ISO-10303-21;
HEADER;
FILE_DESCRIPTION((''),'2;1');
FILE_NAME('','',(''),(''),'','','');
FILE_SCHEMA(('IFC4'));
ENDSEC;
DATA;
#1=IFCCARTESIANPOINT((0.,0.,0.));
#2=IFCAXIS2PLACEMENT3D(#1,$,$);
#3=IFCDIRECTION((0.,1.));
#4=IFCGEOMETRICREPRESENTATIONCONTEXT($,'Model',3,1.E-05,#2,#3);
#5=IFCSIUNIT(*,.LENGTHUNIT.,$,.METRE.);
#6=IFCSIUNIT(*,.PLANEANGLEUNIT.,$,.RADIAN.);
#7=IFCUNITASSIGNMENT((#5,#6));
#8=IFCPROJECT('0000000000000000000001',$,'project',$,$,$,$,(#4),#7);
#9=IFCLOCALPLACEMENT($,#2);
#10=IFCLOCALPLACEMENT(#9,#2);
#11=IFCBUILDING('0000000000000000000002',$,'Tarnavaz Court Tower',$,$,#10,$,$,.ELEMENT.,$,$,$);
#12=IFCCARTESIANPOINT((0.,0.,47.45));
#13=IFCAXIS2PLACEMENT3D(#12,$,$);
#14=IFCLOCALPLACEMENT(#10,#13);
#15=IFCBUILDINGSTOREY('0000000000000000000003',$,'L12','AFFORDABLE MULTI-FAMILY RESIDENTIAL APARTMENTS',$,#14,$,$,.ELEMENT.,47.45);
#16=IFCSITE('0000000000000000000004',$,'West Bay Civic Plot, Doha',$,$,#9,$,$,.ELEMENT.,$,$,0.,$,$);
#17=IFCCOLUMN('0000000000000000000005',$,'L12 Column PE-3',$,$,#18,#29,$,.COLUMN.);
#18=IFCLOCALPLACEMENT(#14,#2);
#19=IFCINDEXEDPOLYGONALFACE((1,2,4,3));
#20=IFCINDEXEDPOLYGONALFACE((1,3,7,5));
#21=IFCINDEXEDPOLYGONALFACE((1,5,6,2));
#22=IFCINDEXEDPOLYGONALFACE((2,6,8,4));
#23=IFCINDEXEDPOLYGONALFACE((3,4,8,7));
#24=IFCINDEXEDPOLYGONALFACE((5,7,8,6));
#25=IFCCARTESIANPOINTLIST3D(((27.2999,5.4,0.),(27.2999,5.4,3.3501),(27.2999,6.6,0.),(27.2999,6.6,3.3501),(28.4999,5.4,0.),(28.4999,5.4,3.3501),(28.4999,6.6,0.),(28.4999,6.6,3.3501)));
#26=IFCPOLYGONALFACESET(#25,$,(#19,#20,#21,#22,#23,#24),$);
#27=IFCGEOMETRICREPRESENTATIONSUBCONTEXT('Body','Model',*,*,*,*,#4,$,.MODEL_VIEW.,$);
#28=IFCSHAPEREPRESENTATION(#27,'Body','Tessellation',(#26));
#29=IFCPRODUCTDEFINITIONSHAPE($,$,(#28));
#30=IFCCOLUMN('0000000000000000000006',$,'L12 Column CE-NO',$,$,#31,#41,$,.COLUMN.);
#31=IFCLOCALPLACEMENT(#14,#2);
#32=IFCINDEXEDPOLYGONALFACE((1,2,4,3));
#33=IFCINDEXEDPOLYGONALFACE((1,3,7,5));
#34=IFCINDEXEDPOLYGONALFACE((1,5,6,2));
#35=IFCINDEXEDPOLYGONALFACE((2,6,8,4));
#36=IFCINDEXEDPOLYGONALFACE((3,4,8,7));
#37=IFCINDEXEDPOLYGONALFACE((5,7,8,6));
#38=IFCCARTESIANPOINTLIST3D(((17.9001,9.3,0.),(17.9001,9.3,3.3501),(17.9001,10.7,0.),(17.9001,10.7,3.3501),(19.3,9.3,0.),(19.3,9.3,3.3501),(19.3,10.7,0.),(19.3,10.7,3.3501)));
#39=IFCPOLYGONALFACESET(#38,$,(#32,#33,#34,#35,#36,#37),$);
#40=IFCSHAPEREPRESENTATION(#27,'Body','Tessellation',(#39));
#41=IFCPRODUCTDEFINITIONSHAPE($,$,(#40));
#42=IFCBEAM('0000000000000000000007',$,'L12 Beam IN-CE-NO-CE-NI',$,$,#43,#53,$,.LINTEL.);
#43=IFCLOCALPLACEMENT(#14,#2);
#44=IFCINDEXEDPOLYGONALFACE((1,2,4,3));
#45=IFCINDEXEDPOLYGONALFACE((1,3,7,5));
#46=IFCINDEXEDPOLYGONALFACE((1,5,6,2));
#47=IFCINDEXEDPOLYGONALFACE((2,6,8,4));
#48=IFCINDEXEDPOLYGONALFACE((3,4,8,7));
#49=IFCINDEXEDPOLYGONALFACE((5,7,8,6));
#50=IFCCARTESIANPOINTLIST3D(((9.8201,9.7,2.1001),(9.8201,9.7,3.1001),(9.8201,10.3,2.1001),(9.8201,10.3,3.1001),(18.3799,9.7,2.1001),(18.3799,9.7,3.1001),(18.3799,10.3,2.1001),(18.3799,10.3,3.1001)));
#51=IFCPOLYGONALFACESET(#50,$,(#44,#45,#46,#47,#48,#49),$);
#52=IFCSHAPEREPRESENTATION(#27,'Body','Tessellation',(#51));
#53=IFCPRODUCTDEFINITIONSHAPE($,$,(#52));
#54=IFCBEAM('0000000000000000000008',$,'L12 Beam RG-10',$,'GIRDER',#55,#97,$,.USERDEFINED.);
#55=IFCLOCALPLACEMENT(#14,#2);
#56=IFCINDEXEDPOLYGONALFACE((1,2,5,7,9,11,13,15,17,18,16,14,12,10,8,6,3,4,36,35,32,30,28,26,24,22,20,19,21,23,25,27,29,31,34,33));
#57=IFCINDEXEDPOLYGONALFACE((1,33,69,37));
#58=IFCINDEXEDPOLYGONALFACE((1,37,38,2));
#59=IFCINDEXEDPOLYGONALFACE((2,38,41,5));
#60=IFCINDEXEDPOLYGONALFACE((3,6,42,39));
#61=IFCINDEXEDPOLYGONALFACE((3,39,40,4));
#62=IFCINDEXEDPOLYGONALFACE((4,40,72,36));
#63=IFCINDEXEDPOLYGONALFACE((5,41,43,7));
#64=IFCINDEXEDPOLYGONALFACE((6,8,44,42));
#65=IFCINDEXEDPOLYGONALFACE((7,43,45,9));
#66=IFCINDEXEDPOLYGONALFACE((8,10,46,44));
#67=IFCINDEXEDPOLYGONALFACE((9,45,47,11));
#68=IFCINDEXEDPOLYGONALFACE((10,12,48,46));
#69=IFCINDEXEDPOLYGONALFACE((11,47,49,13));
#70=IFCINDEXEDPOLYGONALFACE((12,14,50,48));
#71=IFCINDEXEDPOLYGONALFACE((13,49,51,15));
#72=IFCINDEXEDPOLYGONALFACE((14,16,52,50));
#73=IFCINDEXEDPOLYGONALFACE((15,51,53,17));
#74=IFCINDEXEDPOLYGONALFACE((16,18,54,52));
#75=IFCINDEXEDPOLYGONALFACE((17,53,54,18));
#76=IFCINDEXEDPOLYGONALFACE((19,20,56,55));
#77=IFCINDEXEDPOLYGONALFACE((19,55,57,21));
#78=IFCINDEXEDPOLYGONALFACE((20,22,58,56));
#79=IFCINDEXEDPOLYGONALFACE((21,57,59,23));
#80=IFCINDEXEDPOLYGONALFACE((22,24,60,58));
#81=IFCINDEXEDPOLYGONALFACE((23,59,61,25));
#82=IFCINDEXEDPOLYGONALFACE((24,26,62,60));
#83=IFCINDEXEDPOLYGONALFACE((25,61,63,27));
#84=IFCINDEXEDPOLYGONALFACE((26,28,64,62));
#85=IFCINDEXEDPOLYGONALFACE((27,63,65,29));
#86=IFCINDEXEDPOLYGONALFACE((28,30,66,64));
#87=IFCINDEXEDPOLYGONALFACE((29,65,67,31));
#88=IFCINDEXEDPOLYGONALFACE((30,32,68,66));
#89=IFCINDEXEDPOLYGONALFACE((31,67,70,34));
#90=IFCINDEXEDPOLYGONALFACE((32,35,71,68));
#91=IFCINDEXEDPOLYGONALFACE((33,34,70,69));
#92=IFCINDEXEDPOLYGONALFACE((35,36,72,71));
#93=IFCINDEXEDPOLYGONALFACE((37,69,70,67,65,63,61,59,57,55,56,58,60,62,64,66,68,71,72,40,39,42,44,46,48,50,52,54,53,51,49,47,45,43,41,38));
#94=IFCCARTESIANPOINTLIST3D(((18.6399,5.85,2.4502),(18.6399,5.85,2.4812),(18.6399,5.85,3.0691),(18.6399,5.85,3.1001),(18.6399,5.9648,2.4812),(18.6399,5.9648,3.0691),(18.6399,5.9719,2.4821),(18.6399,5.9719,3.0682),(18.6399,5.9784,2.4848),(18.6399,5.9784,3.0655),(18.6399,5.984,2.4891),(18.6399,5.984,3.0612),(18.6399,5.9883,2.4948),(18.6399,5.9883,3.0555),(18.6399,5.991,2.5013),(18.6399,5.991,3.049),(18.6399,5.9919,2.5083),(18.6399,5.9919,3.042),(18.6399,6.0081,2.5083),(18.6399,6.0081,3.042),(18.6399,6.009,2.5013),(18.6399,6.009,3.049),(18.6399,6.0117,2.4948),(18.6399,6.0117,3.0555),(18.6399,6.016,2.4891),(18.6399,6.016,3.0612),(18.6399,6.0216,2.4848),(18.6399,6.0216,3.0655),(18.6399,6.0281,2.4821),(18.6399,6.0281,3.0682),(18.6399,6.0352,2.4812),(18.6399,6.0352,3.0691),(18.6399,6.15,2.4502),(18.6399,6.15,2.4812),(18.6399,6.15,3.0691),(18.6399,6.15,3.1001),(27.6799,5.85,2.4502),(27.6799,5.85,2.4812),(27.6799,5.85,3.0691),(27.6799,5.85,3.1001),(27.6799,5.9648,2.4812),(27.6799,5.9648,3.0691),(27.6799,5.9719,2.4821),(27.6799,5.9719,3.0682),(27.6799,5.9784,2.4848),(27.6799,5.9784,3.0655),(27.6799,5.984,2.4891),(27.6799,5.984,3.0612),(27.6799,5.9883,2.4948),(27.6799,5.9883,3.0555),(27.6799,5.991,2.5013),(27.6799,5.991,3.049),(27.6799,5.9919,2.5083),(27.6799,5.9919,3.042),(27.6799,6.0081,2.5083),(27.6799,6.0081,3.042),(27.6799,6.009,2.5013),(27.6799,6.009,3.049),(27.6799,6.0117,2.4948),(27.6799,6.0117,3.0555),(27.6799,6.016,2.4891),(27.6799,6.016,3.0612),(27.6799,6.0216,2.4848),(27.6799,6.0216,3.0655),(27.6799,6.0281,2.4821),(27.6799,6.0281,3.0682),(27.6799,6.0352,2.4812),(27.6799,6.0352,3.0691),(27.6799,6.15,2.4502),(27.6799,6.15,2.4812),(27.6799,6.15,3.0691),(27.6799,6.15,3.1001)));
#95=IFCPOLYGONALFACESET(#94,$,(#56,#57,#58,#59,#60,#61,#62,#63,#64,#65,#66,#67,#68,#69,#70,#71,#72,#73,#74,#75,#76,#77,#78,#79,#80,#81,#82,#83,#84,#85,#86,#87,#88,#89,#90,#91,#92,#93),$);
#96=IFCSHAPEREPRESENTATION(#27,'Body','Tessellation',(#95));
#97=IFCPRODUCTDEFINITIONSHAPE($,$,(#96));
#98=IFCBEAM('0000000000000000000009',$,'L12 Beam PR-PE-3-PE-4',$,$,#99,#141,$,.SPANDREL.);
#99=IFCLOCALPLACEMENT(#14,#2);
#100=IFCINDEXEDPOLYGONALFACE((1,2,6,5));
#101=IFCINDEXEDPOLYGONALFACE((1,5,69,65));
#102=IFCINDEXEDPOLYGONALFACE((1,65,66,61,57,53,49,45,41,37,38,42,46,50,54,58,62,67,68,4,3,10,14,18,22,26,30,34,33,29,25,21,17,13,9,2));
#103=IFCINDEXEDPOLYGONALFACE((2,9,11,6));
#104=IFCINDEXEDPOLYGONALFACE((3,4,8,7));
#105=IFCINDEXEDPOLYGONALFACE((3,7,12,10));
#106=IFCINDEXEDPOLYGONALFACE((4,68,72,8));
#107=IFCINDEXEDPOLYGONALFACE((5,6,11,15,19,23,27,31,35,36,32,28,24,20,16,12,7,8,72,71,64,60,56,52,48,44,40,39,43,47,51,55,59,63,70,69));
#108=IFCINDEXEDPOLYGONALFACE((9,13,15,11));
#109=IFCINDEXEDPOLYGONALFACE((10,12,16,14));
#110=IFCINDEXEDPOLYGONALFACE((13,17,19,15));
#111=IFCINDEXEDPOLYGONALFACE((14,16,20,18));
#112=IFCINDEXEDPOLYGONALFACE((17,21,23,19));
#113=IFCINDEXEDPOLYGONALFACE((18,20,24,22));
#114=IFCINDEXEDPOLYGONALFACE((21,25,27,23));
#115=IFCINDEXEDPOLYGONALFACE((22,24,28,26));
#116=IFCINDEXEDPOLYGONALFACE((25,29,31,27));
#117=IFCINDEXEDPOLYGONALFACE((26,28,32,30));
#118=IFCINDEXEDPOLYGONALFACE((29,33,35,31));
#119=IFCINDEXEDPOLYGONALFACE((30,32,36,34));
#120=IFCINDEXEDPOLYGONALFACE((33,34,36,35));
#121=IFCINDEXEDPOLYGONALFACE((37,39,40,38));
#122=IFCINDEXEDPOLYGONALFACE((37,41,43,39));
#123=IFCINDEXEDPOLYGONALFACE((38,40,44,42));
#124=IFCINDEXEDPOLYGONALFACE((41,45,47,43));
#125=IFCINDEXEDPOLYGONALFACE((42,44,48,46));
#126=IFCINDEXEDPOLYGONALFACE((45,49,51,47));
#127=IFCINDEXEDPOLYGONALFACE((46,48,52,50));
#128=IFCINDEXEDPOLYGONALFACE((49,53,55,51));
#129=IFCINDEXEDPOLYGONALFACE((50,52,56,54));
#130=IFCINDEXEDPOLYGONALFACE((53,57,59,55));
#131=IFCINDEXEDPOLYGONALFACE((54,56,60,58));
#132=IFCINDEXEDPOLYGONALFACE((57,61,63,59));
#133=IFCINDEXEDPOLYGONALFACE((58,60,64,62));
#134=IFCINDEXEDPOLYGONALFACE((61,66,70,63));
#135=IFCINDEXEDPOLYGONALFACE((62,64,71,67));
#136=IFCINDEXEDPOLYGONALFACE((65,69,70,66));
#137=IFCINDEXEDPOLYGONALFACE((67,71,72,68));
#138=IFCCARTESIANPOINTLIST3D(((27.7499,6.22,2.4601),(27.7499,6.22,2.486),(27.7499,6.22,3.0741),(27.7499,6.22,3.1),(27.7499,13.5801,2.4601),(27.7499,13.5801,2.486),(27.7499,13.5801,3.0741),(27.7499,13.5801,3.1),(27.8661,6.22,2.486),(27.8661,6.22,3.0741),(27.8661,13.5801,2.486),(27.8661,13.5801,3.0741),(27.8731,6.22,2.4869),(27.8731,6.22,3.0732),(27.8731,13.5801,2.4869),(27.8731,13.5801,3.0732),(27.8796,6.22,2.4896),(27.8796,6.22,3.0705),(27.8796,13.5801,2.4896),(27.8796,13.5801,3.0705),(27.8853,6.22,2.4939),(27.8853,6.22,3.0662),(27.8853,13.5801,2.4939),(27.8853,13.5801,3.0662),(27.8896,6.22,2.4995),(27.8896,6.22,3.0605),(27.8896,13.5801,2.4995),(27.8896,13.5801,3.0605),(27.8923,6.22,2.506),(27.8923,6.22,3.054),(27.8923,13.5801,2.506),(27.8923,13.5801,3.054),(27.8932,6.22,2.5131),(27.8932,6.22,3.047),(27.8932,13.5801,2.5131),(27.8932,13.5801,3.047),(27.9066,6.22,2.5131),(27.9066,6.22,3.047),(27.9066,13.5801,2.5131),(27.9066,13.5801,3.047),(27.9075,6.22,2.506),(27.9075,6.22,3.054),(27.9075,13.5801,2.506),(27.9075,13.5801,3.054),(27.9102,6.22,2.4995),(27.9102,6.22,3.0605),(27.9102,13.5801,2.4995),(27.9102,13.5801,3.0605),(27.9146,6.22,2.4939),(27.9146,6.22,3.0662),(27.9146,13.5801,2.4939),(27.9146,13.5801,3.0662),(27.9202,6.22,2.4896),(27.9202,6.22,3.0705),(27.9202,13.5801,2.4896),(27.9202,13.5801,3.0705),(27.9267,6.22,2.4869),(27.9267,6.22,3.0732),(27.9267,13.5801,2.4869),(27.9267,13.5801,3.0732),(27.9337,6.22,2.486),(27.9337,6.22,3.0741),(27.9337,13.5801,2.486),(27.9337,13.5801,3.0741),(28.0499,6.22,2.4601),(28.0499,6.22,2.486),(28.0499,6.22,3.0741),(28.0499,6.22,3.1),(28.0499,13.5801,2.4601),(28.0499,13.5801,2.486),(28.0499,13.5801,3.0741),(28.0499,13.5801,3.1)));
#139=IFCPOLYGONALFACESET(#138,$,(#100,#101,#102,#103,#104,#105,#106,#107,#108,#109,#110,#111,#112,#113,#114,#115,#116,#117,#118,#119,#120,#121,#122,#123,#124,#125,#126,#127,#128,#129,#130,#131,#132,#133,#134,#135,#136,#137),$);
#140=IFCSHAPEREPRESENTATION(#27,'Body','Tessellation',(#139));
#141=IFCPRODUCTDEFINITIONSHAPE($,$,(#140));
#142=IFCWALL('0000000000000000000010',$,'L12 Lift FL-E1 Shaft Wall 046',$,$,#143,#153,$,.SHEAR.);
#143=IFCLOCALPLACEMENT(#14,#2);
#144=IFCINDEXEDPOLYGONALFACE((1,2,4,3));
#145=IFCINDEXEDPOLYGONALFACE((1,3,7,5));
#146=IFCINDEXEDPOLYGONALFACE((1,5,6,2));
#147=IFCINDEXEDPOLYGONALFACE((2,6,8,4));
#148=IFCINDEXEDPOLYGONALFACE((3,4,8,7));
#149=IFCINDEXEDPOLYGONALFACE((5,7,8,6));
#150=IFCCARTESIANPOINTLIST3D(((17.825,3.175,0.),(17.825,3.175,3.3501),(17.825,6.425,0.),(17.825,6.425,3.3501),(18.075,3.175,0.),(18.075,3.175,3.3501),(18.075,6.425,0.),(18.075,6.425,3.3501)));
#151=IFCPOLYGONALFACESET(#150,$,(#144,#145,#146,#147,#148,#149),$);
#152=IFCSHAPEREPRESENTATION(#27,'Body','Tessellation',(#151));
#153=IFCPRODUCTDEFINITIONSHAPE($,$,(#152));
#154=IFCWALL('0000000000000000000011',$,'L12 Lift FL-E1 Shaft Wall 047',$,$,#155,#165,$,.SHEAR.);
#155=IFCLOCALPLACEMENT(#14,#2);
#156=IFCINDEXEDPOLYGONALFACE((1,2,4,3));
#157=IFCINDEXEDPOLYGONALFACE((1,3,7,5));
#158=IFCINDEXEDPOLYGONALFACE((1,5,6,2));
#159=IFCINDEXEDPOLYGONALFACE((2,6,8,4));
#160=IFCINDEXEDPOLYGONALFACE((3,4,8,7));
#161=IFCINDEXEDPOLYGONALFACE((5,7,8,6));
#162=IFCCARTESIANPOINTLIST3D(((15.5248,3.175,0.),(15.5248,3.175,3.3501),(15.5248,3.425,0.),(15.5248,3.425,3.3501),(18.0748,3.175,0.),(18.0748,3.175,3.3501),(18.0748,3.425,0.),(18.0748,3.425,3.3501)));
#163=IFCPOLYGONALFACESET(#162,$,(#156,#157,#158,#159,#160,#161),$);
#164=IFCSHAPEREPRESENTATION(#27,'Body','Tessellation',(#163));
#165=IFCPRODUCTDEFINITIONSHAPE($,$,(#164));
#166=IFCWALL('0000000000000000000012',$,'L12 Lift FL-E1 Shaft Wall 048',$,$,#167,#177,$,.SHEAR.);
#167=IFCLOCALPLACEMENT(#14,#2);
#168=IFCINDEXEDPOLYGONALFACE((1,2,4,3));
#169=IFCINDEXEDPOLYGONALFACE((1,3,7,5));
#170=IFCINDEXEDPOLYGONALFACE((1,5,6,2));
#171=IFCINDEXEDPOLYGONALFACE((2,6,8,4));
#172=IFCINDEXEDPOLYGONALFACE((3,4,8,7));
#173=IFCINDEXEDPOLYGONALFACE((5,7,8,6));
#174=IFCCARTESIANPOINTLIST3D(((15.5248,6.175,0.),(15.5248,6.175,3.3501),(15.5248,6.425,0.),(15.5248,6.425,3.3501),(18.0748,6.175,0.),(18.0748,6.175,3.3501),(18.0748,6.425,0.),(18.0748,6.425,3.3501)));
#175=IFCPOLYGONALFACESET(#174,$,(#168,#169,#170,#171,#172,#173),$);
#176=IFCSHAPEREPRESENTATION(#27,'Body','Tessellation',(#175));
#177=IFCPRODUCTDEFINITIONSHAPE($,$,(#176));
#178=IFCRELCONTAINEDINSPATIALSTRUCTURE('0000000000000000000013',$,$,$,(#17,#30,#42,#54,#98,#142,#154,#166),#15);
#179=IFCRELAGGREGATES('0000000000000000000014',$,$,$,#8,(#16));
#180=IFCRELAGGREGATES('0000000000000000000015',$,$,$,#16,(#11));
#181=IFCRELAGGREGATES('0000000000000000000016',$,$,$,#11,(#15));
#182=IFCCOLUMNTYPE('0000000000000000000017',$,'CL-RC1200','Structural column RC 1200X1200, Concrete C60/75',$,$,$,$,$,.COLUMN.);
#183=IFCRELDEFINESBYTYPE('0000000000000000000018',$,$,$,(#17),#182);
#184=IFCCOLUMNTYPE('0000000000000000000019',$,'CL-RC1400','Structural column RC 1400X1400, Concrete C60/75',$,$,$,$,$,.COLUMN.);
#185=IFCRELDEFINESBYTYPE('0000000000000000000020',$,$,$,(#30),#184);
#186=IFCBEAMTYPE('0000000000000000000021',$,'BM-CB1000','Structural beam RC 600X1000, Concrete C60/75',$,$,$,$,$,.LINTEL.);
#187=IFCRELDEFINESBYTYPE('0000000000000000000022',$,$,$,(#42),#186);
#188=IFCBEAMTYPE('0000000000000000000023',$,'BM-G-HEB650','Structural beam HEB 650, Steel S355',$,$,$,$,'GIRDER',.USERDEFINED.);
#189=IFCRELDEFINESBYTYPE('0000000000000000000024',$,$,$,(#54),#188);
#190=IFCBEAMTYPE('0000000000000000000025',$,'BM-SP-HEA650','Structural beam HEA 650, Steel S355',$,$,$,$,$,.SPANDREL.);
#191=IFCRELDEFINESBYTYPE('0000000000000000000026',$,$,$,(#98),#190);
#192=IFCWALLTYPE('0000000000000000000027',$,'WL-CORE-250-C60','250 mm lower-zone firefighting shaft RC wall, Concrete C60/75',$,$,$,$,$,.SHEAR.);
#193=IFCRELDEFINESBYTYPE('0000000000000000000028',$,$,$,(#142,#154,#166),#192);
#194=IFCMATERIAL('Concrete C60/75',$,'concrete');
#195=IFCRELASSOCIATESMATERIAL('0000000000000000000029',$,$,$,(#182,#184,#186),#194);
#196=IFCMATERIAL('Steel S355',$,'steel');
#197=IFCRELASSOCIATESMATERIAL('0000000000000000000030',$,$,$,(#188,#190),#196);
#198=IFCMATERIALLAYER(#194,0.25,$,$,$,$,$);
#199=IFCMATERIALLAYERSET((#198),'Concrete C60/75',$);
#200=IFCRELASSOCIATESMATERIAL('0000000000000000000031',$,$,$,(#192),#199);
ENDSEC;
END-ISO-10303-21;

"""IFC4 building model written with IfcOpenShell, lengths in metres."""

from ifc_helpers import new_model, si_unit, direction, frame, frame_2d, origin, origin_2d, place, context, subcontext, project, spatial, rectangle, i_section, extrude, material, layer, layer_set, material_profile, profile_set, type_object, element, save


model = new_model("IFC4")

# Units and contexts
model_context = context("Model", 3, precision=1e-05, world=origin(), true_north=direction((0.0, 1.0)))
body_context = subcontext(model_context, "Body", "Model", "MODEL_VIEW")
ifc_project = project(units=[si_unit("LENGTHUNIT", "METRE"), si_unit("PLANEANGLEUNIT", "RADIAN")], contexts=[model_context])

# Site, building, storey
site_placement = place(None, origin())
site = spatial("IfcSite", under=ifc_project, at=site_placement, Name="West Bay Civic Plot, Doha", CompositionType="ELEMENT", RefElevation=0.0)
building_placement = place(site_placement, origin())
building = spatial("IfcBuilding", under=site, at=building_placement, Name="Tarnavaz Court Tower", CompositionType="ELEMENT")
storey_placement = place(building_placement, frame((0.0, 0.0, 47.45)))
storey = spatial("IfcBuildingStorey", under=building, at=storey_placement, Name="L12", Description="AFFORDABLE MULTI-FAMILY RESIDENTIAL APARTMENTS", CompositionType="ELEMENT", Elevation=47.45)

# Columns
ifc_material_1 = material(Name="Concrete C60/75", Category="concrete")
ifc_material_profile_1 = material_profile(ifc_material_1, rectangle(XDim=1.2, YDim=1.2, at=origin_2d()), Name="RC 1200X1200")
ifc_profile_set_1 = profile_set([ifc_material_profile_1], Name="Concrete C60/75")
column_type_1 = type_object("IfcColumnType", Name="CL-RC1200", Description="Structural column RC 1200X1200, Concrete C60/75", PredefinedType="COLUMN", material=ifc_profile_set_1)
column_1_placement = place(storey_placement, frame((27.8999, 6.0, 0.0), z_axis=(0.0, 0.0, 1.0), x_axis=(1.0, 0.0, 0.0)))
element("IfcColumn", 1, at=column_1_placement, inside=storey, type_object=column_type_1, Name="L12 Column PE-3", PredefinedType="COLUMN", context=body_context, shape_type="SweptSolid", body=[
    extrude(rectangle(XDim=1.2, YDim=1.2, at=origin_2d()), origin(), (0.0, 0.0, 1.0), 3.3501),
])
ifc_material_profile_2 = material_profile(ifc_material_1, rectangle(XDim=1.3999, YDim=1.3999, at=origin_2d()), Name="RC 1400X1400")
ifc_profile_set_2 = profile_set([ifc_material_profile_2], Name="Concrete C60/75")
column_type_2 = type_object("IfcColumnType", Name="CL-RC1400", Description="Structural column RC 1400X1400, Concrete C60/75", PredefinedType="COLUMN", material=ifc_profile_set_2)
column_2_placement = place(storey_placement, frame((18.6001, 10.0, 0.0), z_axis=(0.0, 0.0, 1.0), x_axis=(1.0, 0.0, 0.0)))
element("IfcColumn", 2, at=column_2_placement, inside=storey, type_object=column_type_2, Name="L12 Column CE-NO", PredefinedType="COLUMN", context=body_context, shape_type="SweptSolid", body=[
    extrude(rectangle(XDim=1.3999, YDim=1.3999, at=origin_2d()), origin(), (0.0, 0.0, 1.0), 3.3501),
])

# Beams
ifc_material_profile_3 = material_profile(ifc_material_1, rectangle(XDim=0.6001, YDim=1.0, at=origin_2d()), Name="RC 600X1000")
ifc_profile_set_3 = profile_set([ifc_material_profile_3], Name="Concrete C60/75")
beam_type_1 = type_object("IfcBeamType", Name="BM-CB1000", Description="Structural beam RC 600X1000, Concrete C60/75", PredefinedType="LINTEL", material=ifc_profile_set_3)
beam_1_placement = place(storey_placement, frame((18.3799, 10.0, 2.6001), z_axis=(-1.0, 0.0, 0.0), x_axis=(0.0, -1.0, 0.0)))
element("IfcBeam", 3, at=beam_1_placement, inside=storey, type_object=beam_type_1, Name="L12 Beam IN-CE-NO-CE-NI", PredefinedType="LINTEL", context=body_context, shape_type="SweptSolid", body=[
    extrude(rectangle(XDim=0.6001, YDim=1.0, at=origin_2d()), origin(), (0.0, 0.0, 1.0), 8.5598),
])
ifc_material_2 = material(Name="Steel S355", Category="steel")
ifc_material_profile_4 = material_profile(ifc_material_2, i_section(OverallWidth=0.3, OverallDepth=0.6499, WebThickness=0.0161, FlangeThickness=0.031, FilletRadius=0.0271, at=origin_2d()), Name="HEB 650")
ifc_profile_set_4 = profile_set([ifc_material_profile_4], Name="Steel S355")
beam_type_2 = type_object("IfcBeamType", Name="BM-G-HEB650", Description="Structural beam HEB 650, Steel S355", ElementType="GIRDER", PredefinedType="USERDEFINED", material=ifc_profile_set_4)
beam_2_placement = place(storey_placement, frame((18.6399, 6.0, 2.7751), z_axis=(1.0, 0.0, 0.0), x_axis=(0.0, 1.0, 0.0)))
element("IfcBeam", 4, at=beam_2_placement, inside=storey, type_object=beam_type_2, Name="L12 Beam RG-10", ObjectType="GIRDER", PredefinedType="USERDEFINED", context=body_context, shape_type="SweptSolid", body=[
    extrude(i_section(OverallWidth=0.3, OverallDepth=0.6499, WebThickness=0.0161, FlangeThickness=0.031, FilletRadius=0.0271, at=origin_2d()), origin(), (0.0, 0.0, 1.0), 9.04),
])
ifc_material_profile_5 = material_profile(ifc_material_2, i_section(OverallWidth=0.3, OverallDepth=0.6399, WebThickness=0.0134, FlangeThickness=0.0259, FilletRadius=0.0271, at=origin_2d()), Name="HEA 650")
ifc_profile_set_5 = profile_set([ifc_material_profile_5], Name="Steel S355")
beam_type_3 = type_object("IfcBeamType", Name="BM-SP-HEA650", Description="Structural beam HEA 650, Steel S355", PredefinedType="SPANDREL", material=ifc_profile_set_5)
beam_3_placement = place(storey_placement, frame((27.8999, 6.22, 2.78), z_axis=(0.0, 1.0, 0.0), x_axis=(-1.0, 0.0, 0.0)))
element("IfcBeam", 5, at=beam_3_placement, inside=storey, type_object=beam_type_3, Name="L12 Beam PR-PE-3-PE-4", PredefinedType="SPANDREL", context=body_context, shape_type="SweptSolid", body=[
    extrude(i_section(OverallWidth=0.3, OverallDepth=0.6399, WebThickness=0.0134, FlangeThickness=0.0259, FilletRadius=0.0271, at=origin_2d()), origin(), (0.0, 0.0, 1.0), 7.3601),
])

# Shared definitions
ifc_layer_1 = layer(ifc_material_1, 0.25)
ifc_layer_set_1 = layer_set([ifc_layer_1], Name="Concrete C60/75")
wall_type_1 = type_object("IfcWallType", Name="WL-CORE-250-C60", Description="250 mm lower-zone firefighting shaft RC wall, Concrete C60/75", PredefinedType="SHEAR", material=ifc_layer_set_1)

# Walls
wall_1_placement = place(storey_placement, frame((17.95, 3.175, 0.0), z_axis=(0.0, 0.0, 1.0), x_axis=(0.0, 1.0, 0.0)))
element("IfcWall", 6, at=wall_1_placement, inside=storey, type_object=wall_type_1, Name="L12 Lift FL-E1 Shaft Wall 046", PredefinedType="SHEAR", context=body_context, shape_type="SweptSolid", body=[
    extrude(rectangle(XDim=3.25, YDim=0.25, at=frame_2d((1.625, 0.0))), origin(), (0.0, 0.0, 1.0), 3.3501),
])
for number, where, z_axis, x_axis, name in (
    (7, (15.5249, 3.3, 0.0), (0.0, 0.0, 1.0), (1.0, 0.0, 0.0), "L12 Lift FL-E1 Shaft Wall 047"),
    (8, (15.5249, 6.3, 0.0), (0.0, 0.0, 1.0), (1.0, 0.0, 0.0), "L12 Lift FL-E1 Shaft Wall 048"),
):
    element("IfcWall", number, at=place(storey_placement, frame(where, z_axis=z_axis, x_axis=x_axis)), inside=storey, type_object=wall_type_1, Name=name, PredefinedType="SHEAR", context=body_context, shape_type="SweptSolid", body=[
        extrude(rectangle(XDim=2.55, YDim=0.25, at=frame_2d((1.2749, 0.0))), origin(), (0.0, 0.0, 1.0), 3.3501),
    ])

save(model, "model.ifc")
